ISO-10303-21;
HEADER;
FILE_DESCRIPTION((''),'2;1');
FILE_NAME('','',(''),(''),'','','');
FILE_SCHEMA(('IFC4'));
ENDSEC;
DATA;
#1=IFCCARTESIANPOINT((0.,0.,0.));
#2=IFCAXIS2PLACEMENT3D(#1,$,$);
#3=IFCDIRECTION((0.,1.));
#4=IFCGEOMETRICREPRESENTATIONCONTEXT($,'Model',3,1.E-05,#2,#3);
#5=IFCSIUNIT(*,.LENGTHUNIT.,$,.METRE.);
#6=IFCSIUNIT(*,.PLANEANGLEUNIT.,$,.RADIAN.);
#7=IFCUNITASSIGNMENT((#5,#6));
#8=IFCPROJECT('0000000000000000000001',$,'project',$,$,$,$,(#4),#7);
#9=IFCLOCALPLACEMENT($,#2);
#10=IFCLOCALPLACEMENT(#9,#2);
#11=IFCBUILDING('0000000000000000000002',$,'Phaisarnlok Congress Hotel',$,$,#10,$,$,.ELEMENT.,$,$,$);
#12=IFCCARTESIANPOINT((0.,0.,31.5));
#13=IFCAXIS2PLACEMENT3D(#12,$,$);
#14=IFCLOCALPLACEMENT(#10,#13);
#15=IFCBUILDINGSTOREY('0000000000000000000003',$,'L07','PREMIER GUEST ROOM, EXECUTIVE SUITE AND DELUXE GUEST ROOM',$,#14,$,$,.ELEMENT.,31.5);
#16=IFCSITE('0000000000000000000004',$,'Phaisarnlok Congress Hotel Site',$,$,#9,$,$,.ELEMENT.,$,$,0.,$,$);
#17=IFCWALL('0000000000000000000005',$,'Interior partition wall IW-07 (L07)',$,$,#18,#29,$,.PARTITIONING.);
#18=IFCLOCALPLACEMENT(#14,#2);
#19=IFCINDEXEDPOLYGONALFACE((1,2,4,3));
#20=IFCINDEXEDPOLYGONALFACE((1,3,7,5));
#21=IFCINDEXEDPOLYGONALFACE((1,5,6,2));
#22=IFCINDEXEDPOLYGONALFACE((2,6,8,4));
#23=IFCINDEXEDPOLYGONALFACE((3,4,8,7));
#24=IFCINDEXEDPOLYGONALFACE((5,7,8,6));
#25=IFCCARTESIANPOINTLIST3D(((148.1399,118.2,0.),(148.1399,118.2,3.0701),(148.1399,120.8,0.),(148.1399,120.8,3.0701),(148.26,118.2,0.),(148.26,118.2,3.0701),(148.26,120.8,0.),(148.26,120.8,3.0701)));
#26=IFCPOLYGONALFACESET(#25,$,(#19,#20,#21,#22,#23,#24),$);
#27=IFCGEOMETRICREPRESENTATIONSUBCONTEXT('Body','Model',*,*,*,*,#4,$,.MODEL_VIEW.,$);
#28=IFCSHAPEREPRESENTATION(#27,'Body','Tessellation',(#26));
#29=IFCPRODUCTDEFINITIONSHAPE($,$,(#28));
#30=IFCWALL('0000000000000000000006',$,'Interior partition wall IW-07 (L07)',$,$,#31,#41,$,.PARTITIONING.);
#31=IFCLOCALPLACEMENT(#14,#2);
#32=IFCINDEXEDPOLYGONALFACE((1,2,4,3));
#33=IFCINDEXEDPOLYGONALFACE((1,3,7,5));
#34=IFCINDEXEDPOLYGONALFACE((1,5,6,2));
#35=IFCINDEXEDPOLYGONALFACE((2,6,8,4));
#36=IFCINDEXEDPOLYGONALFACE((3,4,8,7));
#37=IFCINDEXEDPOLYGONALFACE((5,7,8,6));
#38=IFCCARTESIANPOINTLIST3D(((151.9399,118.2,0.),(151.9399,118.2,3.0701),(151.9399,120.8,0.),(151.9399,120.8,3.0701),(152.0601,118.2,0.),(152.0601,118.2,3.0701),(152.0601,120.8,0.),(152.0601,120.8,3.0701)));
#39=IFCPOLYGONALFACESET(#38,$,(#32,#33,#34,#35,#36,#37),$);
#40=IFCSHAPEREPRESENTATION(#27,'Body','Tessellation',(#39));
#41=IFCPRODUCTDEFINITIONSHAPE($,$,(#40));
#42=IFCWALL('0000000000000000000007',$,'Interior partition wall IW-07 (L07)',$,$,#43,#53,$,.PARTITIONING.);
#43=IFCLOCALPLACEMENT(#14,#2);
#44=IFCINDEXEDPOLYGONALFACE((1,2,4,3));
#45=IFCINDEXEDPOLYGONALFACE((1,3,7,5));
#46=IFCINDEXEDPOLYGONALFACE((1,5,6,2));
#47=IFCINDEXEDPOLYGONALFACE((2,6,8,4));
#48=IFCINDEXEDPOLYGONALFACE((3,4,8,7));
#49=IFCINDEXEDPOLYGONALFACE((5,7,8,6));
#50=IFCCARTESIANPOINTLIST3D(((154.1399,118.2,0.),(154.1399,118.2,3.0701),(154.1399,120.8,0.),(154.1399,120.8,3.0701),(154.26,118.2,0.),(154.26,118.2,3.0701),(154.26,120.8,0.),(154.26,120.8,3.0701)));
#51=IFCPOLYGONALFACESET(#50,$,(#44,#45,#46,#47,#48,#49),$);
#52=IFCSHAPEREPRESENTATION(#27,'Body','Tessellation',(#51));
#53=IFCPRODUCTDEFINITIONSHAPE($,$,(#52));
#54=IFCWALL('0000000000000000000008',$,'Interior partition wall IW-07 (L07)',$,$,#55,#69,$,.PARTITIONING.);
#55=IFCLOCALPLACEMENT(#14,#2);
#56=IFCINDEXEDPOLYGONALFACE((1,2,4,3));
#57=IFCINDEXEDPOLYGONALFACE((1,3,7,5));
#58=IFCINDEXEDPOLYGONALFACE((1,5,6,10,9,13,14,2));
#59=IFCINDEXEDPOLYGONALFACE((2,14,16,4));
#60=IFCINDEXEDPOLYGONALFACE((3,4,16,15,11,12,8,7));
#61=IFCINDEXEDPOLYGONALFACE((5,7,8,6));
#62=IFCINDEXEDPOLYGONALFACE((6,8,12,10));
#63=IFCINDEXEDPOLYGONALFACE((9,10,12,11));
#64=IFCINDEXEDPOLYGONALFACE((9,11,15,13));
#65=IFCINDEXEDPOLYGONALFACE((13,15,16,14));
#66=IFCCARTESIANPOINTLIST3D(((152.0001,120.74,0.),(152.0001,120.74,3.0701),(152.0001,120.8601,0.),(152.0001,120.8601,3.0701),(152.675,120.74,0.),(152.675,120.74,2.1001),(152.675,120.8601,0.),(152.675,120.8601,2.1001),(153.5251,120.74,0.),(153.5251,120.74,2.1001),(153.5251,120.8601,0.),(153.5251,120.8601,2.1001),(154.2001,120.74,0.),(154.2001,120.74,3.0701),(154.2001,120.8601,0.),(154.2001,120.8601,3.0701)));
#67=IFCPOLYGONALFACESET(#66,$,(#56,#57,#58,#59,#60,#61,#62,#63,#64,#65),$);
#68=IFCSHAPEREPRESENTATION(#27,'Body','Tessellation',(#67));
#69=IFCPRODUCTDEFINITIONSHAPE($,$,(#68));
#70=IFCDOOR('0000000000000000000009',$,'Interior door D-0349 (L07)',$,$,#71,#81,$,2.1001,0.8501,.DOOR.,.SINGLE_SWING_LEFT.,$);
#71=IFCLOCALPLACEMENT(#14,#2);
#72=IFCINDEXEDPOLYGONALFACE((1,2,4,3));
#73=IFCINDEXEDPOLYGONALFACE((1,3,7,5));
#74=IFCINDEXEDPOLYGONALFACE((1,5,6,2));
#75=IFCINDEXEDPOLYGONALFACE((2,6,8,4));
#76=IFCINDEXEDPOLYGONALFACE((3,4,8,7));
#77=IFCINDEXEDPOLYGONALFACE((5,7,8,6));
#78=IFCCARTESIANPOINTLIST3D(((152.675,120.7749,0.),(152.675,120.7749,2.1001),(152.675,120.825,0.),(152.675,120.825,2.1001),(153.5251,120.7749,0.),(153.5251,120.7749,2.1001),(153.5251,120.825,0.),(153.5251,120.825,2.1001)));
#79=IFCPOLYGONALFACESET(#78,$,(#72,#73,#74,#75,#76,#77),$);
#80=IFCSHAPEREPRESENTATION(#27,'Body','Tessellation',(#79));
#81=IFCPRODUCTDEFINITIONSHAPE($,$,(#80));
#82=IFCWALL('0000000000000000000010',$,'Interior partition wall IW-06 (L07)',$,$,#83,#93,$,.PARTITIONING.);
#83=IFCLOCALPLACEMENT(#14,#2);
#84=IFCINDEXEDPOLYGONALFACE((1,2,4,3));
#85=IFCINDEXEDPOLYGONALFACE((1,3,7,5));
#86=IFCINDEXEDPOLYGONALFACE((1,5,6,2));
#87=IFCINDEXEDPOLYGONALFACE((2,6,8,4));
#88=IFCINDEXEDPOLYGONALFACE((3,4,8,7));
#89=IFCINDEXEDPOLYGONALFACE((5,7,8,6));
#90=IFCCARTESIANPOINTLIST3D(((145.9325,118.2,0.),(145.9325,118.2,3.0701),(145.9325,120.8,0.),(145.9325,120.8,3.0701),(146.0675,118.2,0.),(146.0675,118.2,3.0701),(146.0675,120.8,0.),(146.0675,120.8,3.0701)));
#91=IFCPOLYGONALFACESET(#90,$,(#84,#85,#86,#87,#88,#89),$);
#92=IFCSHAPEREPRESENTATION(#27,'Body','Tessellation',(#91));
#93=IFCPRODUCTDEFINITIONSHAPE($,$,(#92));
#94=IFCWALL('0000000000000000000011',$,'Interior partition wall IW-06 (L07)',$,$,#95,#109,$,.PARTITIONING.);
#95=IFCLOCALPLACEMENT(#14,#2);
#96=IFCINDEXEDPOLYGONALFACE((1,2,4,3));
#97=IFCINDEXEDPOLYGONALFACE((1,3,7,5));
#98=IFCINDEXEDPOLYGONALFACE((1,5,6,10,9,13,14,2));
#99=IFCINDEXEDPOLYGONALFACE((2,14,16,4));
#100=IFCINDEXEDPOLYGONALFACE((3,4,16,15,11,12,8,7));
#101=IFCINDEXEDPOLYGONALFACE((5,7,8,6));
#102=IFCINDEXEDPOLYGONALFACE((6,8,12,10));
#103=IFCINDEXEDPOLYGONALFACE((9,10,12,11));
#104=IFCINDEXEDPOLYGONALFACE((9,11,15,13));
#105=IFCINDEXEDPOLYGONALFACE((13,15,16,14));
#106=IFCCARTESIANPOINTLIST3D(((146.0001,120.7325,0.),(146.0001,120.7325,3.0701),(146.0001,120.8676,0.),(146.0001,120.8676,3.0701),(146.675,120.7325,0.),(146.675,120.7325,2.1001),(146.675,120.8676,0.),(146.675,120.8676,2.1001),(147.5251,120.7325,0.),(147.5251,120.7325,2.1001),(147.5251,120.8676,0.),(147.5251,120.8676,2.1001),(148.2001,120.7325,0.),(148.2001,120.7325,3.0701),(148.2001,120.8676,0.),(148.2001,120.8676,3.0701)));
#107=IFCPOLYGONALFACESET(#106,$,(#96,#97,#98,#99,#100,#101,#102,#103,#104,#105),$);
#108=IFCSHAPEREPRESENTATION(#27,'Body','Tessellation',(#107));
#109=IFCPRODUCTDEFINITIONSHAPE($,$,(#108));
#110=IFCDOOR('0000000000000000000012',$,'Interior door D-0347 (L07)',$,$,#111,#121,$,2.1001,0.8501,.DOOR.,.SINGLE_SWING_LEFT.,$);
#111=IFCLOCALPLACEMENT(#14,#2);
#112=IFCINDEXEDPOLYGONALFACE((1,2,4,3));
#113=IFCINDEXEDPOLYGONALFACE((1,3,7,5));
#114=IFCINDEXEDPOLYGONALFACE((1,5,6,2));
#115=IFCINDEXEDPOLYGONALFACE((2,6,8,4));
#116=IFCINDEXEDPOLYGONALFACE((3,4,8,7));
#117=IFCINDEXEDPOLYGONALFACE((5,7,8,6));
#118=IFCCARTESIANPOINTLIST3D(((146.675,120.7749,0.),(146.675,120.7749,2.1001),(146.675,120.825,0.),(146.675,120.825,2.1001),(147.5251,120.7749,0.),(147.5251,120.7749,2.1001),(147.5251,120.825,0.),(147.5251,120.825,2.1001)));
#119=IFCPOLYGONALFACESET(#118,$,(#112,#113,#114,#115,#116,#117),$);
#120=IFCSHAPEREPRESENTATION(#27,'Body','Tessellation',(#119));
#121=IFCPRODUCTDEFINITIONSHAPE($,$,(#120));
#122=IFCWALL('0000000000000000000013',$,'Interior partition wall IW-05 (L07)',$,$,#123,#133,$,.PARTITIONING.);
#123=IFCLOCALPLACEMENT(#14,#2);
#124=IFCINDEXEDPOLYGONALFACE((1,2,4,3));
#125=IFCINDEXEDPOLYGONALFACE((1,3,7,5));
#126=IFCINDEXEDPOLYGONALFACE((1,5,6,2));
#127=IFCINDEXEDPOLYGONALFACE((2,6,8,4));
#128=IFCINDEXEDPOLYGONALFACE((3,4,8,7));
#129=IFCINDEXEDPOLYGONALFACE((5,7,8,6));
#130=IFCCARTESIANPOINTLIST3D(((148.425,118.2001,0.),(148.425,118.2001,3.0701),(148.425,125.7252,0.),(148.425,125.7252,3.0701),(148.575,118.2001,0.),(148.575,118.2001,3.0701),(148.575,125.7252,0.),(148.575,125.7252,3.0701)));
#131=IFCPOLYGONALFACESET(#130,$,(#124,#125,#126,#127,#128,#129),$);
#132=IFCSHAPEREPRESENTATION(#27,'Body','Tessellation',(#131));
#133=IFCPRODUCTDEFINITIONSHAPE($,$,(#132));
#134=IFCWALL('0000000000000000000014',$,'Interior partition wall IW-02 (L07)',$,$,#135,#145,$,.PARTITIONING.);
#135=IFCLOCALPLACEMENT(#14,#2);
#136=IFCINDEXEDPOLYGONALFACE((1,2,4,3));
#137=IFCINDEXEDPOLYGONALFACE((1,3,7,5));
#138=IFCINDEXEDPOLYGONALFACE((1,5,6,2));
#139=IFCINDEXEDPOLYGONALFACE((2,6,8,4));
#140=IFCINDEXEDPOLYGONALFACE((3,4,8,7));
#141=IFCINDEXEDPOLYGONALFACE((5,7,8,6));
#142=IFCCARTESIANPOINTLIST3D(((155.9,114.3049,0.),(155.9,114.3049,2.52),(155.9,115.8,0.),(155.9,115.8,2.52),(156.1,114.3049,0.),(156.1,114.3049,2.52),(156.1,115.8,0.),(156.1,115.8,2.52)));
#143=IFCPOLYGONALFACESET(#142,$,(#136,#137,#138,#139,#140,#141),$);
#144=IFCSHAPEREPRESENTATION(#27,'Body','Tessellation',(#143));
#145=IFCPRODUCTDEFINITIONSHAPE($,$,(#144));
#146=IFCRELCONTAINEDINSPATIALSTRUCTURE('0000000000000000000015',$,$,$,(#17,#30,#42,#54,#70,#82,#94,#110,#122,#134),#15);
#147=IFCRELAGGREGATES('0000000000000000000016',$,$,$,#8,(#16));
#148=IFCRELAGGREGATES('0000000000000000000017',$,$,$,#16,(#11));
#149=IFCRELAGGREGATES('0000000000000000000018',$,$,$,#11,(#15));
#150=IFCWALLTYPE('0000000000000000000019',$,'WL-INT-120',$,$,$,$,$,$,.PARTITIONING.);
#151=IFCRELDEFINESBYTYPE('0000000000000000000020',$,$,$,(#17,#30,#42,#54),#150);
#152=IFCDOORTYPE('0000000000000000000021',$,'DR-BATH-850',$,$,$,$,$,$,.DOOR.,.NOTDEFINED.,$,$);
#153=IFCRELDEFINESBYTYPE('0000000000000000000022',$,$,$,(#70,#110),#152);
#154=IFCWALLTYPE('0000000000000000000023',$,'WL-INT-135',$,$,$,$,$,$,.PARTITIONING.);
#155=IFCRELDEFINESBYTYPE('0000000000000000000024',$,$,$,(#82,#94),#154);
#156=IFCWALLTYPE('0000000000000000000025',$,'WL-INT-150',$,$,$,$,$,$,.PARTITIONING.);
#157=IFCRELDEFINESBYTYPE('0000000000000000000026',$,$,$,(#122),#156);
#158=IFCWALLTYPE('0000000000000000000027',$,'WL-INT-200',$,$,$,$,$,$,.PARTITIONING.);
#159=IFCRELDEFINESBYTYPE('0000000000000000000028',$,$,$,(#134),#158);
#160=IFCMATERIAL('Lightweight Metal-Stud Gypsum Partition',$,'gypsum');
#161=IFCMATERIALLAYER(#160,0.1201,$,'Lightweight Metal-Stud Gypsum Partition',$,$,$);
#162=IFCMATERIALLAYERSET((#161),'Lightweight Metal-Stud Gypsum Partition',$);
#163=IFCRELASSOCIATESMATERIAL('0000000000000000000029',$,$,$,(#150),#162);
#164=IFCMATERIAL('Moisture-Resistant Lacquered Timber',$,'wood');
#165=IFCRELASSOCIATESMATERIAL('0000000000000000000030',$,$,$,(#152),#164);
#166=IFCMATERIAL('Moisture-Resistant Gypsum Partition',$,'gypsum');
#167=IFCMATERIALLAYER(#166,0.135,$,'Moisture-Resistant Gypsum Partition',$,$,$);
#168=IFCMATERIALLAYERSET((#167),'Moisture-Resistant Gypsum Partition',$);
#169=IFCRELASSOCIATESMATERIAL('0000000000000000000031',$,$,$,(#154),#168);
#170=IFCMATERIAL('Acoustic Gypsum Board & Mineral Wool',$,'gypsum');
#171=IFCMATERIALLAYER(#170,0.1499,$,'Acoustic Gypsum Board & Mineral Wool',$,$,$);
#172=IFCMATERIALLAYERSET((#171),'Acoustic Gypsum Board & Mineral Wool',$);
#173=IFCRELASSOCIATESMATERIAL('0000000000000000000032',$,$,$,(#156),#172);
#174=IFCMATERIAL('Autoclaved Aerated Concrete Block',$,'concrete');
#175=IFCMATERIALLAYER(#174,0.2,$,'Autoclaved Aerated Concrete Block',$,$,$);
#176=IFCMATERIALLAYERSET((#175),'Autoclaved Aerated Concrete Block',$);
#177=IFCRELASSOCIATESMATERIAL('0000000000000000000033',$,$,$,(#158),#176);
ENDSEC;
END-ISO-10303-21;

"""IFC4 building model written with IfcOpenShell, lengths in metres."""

from ifc_helpers import new_model, si_unit, direction, frame, frame_2d, origin, place, context, subcontext, project, spatial, rectangle, extrude, material, layer, layer_set, type_object, element, fill, save


model = new_model("IFC4")

# Units and contexts
model_context = context("Model", 3, precision=1e-05, world=origin(), true_north=direction((0.0, 1.0)))
body_context = subcontext(model_context, "Body", "Model", "MODEL_VIEW")
ifc_project = project(units=[si_unit("LENGTHUNIT", "METRE"), si_unit("PLANEANGLEUNIT", "RADIAN")], contexts=[model_context])

# Site, building, storey
site_placement = place(None, origin())
site = spatial("IfcSite", under=ifc_project, at=site_placement, Name="Phaisarnlok Congress Hotel Site", CompositionType="ELEMENT", RefElevation=0.0)
building_placement = place(site_placement, origin())
building = spatial("IfcBuilding", under=site, at=building_placement, Name="Phaisarnlok Congress Hotel", CompositionType="ELEMENT")
storey_placement = place(building_placement, frame((0.0, 0.0, 31.5)))
storey = spatial("IfcBuildingStorey", under=building, at=storey_placement, Name="L07", Description="PREMIER GUEST ROOM, EXECUTIVE SUITE AND DELUXE GUEST ROOM", CompositionType="ELEMENT", Elevation=31.5)

# Walls
ifc_material_1 = material(Name="Lightweight Metal-Stud Gypsum Partition", Category="gypsum")
ifc_layer_1 = layer(ifc_material_1, 0.1201, Name="Lightweight Metal-Stud Gypsum Partition")
ifc_layer_set_1 = layer_set([ifc_layer_1], Name="Lightweight Metal-Stud Gypsum Partition")
wall_type_1 = type_object("IfcWallType", Name="WL-INT-120", PredefinedType="PARTITIONING", material=ifc_layer_set_1)
for number, where, z_axis, x_axis, name in (
    (1, (148.2, 118.2, 0.0), (0.0, 0.0, 1.0), (0.0, 1.0, 0.0), "Interior partition wall IW-07 (L07)"),
    (2, (152.0, 118.2, 0.0), (0.0, 0.0, 1.0), (0.0, 1.0, 0.0), "Interior partition wall IW-07 (L07)"),
    (3, (154.2, 118.2, 0.0), (0.0, 0.0, 1.0), (0.0, 1.0, 0.0), "Interior partition wall IW-07 (L07)"),
):
    element("IfcWall", number, at=place(storey_placement, frame(where, z_axis=z_axis, x_axis=x_axis)), inside=storey, type_object=wall_type_1, Name=name, PredefinedType="PARTITIONING", context=body_context, shape_type="SweptSolid", body=[
        extrude(rectangle(XDim=2.6001, YDim=0.1201, at=frame_2d((1.3, 0.0))), origin(), (0.0, 0.0, 1.0), 3.0701),
    ])

# Wall, opening, door
wall_1_placement = place(storey_placement, frame((152.0, 120.8, 0.0), z_axis=(0.0, 0.0, 1.0), x_axis=(1.0, 0.0, 0.0)))
wall_1 = element("IfcWall", 4, at=wall_1_placement, inside=storey, type_object=wall_type_1, Name="Interior partition wall IW-07 (L07)", PredefinedType="PARTITIONING", context=body_context, shape_type="SweptSolid", body=[
    extrude(rectangle(XDim=2.2, YDim=0.1201, at=frame_2d((1.1001, 0.0))), origin(), (0.0, 0.0, 1.0), 3.0701),
])
opening_1_placement = place(wall_1_placement, frame((0.675, 0.0, 0.0)))
opening_1 = element("IfcOpeningElement", 5, at=opening_1_placement, cuts=wall_1, PredefinedType="OPENING", context=body_context, shape_type="SweptSolid", body=[
    extrude(rectangle(XDim=0.8501, YDim=2.1001, at=frame_2d((0.425, 1.05))), frame((0.0, 0.0701, 0.0), z_axis=(0.0, -1.0, 0.0), x_axis=(1.0, 0.0, 0.0)), (0.0, 0.0, 1.0), 0.1401),
])
ifc_material_2 = material(Name="Moisture-Resistant Lacquered Timber", Category="wood")
door_type = type_object("IfcDoorType", Name="DR-BATH-850", OperationType="NOTDEFINED", PredefinedType="DOOR", material=ifc_material_2)
door_1_placement = place(opening_1_placement, origin())
door_1 = element("IfcDoor", 6, at=door_1_placement, inside=storey, type_object=door_type, Name="Interior door D-0349 (L07)", OperationType="SINGLE_SWING_LEFT", OverallHeight=2.1001, OverallWidth=0.8501, PredefinedType="DOOR", context=body_context, shape_type="SweptSolid", body=[
    extrude(rectangle(XDim=0.8501, YDim=2.1001, at=frame_2d((0.425, 1.05))), frame((0.0, 0.0249, 0.0), z_axis=(0.0, -1.0, 0.0), x_axis=(1.0, 0.0, 0.0)), (0.0, 0.0, 1.0), 0.05),
])
fill(opening_1, door_1)

# Wall
ifc_material_3 = material(Name="Moisture-Resistant Gypsum Partition", Category="gypsum")
ifc_layer_2 = layer(ifc_material_3, 0.135, Name="Moisture-Resistant Gypsum Partition")
ifc_layer_set_2 = layer_set([ifc_layer_2], Name="Moisture-Resistant Gypsum Partition")
wall_type_2 = type_object("IfcWallType", Name="WL-INT-135", PredefinedType="PARTITIONING", material=ifc_layer_set_2)
wall_2_placement = place(storey_placement, frame((146.0, 118.2, 0.0), z_axis=(0.0, 0.0, 1.0), x_axis=(0.0, 1.0, 0.0)))
element("IfcWall", 7, at=wall_2_placement, inside=storey, type_object=wall_type_2, Name="Interior partition wall IW-06 (L07)", PredefinedType="PARTITIONING", context=body_context, shape_type="SweptSolid", body=[
    extrude(rectangle(XDim=2.6001, YDim=0.135, at=frame_2d((1.3, 0.0))), origin(), (0.0, 0.0, 1.0), 3.0701),
])

# Wall, opening, door
wall_3_placement = place(storey_placement, frame((146.0, 120.8, 0.0), z_axis=(0.0, 0.0, 1.0), x_axis=(1.0, 0.0, 0.0)))
wall_3 = element("IfcWall", 8, at=wall_3_placement, inside=storey, type_object=wall_type_2, Name="Interior partition wall IW-06 (L07)", PredefinedType="PARTITIONING", context=body_context, shape_type="SweptSolid", body=[
    extrude(rectangle(XDim=2.2, YDim=0.135, at=frame_2d((1.1001, 0.0))), origin(), (0.0, 0.0, 1.0), 3.0701),
])
opening_2_placement = place(wall_3_placement, frame((0.675, 0.0, 0.0)))
opening_2 = element("IfcOpeningElement", 9, at=opening_2_placement, cuts=wall_3, PredefinedType="OPENING", context=body_context, shape_type="SweptSolid", body=[
    extrude(rectangle(XDim=0.8501, YDim=2.1001, at=frame_2d((0.425, 1.05))), frame((0.0, 0.0776, 0.0), z_axis=(0.0, -1.0, 0.0), x_axis=(1.0, 0.0, 0.0)), (0.0, 0.0, 1.0), 0.155),
])
door_2_placement = place(opening_2_placement, origin())
door_2 = element("IfcDoor", 10, at=door_2_placement, inside=storey, type_object=door_type, Name="Interior door D-0347 (L07)", OperationType="SINGLE_SWING_LEFT", OverallHeight=2.1001, OverallWidth=0.8501, PredefinedType="DOOR", context=body_context, shape_type="SweptSolid", body=[
    extrude(rectangle(XDim=0.8501, YDim=2.1001, at=frame_2d((0.425, 1.05))), frame((0.0, 0.0249, 0.0), z_axis=(0.0, -1.0, 0.0), x_axis=(1.0, 0.0, 0.0)), (0.0, 0.0, 1.0), 0.05),
])
fill(opening_2, door_2)

# Walls
ifc_material_4 = material(Name="Acoustic Gypsum Board & Mineral Wool", Category="gypsum")
ifc_layer_3 = layer(ifc_material_4, 0.1499, Name="Acoustic Gypsum Board & Mineral Wool")
ifc_layer_set_3 = layer_set([ifc_layer_3], Name="Acoustic Gypsum Board & Mineral Wool")
wall_type_3 = type_object("IfcWallType", Name="WL-INT-150", PredefinedType="PARTITIONING", material=ifc_layer_set_3)
wall_4_placement = place(storey_placement, frame((148.5, 118.2, 0.0), z_axis=(0.0, 0.0, 1.0), x_axis=(0.0, 1.0, 0.0)))
element("IfcWall", 11, at=wall_4_placement, inside=storey, type_object=wall_type_3, Name="Interior partition wall IW-05 (L07)", PredefinedType="PARTITIONING", context=body_context, shape_type="SweptSolid", body=[
    extrude(rectangle(XDim=7.5251, YDim=0.1499, at=frame_2d((3.7627, 0.0))), origin(), (0.0, 0.0, 1.0), 3.0701),
])
ifc_material_5 = material(Name="Autoclaved Aerated Concrete Block", Category="concrete")
ifc_layer_4 = layer(ifc_material_5, 0.2, Name="Autoclaved Aerated Concrete Block")
ifc_layer_set_4 = layer_set([ifc_layer_4], Name="Autoclaved Aerated Concrete Block")
wall_type_4 = type_object("IfcWallType", Name="WL-INT-200", PredefinedType="PARTITIONING", material=ifc_layer_set_4)
wall_5_placement = place(storey_placement, frame((156.0, 114.3049, 0.0), z_axis=(0.0, 0.0, 1.0), x_axis=(0.0, 1.0, 0.0)))
element("IfcWall", 12, at=wall_5_placement, inside=storey, type_object=wall_type_4, Name="Interior partition wall IW-02 (L07)", PredefinedType="PARTITIONING", context=body_context, shape_type="SweptSolid", body=[
    extrude(rectangle(XDim=1.4951, YDim=0.2, at=frame_2d((0.7476, 0.0))), origin(), (0.0, 0.0, 1.0), 2.52),
])

save(model, "model.ifc")
